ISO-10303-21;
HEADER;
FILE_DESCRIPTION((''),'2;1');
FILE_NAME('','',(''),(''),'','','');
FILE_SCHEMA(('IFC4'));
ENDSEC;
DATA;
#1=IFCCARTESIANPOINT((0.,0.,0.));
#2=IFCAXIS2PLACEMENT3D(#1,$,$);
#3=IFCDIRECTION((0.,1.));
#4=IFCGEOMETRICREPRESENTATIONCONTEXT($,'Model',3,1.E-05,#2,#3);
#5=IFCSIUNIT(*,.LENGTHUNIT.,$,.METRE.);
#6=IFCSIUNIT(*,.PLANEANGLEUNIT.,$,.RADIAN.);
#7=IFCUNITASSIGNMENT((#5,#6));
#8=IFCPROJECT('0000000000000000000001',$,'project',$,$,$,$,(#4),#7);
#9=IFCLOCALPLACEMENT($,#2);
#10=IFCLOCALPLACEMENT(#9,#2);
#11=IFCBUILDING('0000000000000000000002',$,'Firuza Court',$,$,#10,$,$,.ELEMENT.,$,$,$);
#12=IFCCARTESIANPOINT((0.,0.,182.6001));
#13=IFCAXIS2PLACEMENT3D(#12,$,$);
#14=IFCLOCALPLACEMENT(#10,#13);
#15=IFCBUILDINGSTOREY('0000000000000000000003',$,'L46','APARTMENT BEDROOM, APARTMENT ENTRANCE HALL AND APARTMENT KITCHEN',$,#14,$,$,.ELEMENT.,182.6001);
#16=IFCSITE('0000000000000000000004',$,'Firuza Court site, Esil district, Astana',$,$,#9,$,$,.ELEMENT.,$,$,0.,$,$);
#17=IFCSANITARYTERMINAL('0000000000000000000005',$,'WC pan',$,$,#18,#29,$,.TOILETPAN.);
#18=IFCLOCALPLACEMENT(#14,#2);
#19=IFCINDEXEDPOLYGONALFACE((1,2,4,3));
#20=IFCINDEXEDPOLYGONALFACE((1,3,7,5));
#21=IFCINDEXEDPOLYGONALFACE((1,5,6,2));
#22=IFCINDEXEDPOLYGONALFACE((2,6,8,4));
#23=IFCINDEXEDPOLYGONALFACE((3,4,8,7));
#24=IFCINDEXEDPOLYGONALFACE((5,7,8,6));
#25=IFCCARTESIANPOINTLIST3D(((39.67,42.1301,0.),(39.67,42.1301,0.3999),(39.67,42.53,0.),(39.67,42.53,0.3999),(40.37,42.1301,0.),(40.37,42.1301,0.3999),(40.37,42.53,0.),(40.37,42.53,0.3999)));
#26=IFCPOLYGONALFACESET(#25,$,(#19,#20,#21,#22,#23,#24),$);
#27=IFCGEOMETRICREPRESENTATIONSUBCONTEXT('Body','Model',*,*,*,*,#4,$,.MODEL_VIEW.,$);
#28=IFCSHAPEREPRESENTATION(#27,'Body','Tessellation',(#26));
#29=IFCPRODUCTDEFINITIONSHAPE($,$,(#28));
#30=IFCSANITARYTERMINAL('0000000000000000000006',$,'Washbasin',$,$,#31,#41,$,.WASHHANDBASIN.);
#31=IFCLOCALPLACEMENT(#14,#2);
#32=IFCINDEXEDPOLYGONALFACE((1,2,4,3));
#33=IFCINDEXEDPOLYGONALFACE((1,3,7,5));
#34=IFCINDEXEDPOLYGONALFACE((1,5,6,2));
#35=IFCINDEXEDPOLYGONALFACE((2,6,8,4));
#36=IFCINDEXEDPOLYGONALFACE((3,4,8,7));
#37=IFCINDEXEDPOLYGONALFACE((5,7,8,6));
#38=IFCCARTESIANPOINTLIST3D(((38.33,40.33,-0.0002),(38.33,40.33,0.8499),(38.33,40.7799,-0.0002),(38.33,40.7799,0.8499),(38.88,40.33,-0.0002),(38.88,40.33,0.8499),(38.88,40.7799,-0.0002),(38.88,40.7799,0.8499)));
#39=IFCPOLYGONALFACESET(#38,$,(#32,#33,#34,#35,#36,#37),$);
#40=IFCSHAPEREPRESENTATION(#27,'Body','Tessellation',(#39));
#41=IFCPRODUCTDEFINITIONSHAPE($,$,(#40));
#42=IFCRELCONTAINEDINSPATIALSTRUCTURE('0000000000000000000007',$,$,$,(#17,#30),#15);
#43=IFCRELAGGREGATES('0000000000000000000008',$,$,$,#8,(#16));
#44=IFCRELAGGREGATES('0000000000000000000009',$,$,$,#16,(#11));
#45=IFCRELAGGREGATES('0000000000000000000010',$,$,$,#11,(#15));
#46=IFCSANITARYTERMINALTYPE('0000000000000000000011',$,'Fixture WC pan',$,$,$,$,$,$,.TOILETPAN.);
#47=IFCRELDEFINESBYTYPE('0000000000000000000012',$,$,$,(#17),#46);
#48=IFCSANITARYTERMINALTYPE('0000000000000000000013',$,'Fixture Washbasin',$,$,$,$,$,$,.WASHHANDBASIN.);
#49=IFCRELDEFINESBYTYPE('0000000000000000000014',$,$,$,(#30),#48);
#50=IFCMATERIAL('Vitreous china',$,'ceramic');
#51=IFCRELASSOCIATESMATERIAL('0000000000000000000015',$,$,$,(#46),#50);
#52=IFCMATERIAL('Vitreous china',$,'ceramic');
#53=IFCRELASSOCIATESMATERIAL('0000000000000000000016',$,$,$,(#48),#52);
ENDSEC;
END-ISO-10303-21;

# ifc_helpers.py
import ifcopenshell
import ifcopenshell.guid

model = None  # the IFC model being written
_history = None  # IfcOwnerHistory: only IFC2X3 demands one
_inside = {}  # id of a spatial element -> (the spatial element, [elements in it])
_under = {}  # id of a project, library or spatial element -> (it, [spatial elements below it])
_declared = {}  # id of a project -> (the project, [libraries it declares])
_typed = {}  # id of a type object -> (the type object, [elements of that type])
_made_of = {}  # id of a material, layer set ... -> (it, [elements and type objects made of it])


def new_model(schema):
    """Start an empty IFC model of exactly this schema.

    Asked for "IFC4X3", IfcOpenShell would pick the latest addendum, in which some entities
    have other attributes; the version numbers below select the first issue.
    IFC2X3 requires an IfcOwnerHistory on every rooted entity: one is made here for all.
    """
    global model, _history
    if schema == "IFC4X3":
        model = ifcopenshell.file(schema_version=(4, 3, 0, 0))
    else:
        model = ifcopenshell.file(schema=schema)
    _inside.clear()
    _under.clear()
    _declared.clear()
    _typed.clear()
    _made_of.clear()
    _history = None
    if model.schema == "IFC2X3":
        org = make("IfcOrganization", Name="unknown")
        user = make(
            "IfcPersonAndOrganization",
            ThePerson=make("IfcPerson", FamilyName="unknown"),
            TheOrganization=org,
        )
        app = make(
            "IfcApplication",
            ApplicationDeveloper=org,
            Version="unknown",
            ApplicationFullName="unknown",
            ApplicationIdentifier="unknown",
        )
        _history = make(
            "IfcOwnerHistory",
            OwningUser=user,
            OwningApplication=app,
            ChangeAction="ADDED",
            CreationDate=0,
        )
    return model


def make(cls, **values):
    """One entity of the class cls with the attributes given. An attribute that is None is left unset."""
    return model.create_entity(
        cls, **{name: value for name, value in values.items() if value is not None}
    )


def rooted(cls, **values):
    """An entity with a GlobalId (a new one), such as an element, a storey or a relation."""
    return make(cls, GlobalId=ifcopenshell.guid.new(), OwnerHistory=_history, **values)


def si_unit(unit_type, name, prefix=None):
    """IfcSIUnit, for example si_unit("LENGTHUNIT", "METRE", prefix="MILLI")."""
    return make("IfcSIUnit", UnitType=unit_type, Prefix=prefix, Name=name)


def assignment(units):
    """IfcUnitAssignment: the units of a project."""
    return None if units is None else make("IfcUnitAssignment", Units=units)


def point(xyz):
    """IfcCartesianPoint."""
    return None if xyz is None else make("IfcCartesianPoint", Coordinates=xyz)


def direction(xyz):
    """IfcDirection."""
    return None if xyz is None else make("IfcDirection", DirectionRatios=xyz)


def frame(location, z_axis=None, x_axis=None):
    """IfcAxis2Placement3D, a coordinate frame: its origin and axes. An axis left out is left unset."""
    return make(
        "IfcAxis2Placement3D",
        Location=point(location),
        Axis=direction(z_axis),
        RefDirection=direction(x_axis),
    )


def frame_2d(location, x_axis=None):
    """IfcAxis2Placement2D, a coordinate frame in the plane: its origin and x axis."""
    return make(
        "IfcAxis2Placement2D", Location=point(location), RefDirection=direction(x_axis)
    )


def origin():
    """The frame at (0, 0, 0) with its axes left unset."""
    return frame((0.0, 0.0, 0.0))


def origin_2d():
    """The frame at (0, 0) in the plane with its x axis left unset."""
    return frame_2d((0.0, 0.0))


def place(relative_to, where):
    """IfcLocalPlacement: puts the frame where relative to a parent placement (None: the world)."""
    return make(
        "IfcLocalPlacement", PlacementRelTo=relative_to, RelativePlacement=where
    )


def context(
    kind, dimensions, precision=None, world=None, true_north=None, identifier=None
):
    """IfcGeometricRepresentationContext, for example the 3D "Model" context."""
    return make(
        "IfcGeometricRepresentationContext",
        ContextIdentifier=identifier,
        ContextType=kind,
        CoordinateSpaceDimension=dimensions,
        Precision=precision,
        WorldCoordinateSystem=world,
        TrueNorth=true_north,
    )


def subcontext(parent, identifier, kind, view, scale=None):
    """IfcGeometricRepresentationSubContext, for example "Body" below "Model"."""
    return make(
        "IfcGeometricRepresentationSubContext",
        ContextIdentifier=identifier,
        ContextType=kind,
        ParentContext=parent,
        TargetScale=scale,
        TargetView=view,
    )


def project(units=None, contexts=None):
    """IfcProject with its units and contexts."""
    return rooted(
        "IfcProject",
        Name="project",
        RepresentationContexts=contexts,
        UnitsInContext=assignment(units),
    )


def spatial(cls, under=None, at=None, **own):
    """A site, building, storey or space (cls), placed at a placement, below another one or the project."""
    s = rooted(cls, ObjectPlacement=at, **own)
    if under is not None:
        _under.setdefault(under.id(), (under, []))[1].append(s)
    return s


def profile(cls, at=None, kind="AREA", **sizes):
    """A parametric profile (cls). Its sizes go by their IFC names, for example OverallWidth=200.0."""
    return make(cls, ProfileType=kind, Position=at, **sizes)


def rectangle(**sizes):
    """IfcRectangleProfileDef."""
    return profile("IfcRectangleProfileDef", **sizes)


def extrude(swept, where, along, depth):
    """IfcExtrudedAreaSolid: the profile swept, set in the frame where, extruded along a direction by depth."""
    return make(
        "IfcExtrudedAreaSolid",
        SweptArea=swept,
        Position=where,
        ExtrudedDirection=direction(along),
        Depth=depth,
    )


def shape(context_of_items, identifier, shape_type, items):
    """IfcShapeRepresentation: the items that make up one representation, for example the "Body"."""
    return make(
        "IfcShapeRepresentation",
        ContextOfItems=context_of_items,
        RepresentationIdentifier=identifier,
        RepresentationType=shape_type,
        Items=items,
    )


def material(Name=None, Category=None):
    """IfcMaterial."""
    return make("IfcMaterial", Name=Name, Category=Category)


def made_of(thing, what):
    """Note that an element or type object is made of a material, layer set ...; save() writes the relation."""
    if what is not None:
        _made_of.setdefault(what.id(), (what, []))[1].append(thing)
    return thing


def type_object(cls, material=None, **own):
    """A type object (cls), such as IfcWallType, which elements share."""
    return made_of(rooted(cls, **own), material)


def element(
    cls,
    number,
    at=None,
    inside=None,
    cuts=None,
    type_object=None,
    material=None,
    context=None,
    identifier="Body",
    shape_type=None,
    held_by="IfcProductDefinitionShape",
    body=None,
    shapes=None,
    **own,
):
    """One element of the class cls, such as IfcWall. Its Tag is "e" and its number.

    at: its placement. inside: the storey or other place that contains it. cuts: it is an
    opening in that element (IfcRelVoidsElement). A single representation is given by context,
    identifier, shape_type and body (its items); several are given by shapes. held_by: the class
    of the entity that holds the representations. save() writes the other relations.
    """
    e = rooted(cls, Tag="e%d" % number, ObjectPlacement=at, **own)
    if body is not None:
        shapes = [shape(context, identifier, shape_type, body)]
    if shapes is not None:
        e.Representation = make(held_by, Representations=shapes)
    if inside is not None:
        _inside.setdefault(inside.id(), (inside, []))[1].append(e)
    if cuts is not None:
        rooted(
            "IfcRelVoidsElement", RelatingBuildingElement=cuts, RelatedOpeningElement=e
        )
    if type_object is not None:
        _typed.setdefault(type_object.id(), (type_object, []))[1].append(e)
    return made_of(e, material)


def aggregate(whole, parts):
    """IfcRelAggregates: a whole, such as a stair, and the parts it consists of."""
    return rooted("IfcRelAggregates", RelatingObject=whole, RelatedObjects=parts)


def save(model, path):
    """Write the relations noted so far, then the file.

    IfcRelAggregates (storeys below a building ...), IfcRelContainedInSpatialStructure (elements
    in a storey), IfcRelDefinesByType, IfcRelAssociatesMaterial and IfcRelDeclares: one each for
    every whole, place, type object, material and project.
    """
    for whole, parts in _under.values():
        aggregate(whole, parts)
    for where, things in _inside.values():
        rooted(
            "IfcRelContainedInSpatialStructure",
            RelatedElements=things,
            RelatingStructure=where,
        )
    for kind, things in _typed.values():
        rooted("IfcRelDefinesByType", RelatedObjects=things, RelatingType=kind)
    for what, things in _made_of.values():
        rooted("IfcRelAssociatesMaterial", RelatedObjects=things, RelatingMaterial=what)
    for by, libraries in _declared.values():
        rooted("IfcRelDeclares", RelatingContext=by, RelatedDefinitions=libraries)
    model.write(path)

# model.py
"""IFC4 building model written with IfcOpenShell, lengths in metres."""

from ifc_helpers import new_model, si_unit, direction, frame, origin, origin_2d, place, context, subcontext, project, spatial, rectangle, extrude, material, type_object, element, save


model = new_model("IFC4")

# Units and contexts
model_context = context("Model", 3, precision=1e-05, world=origin(), true_north=direction((0.0, 1.0)))
body_context = subcontext(model_context, "Body", "Model", "MODEL_VIEW")
ifc_project = project(units=[si_unit("LENGTHUNIT", "METRE"), si_unit("PLANEANGLEUNIT", "RADIAN")], contexts=[model_context])

# Site, building, storey
site_placement = place(None, origin())
site = spatial("IfcSite", under=ifc_project, at=site_placement, Name="Firuza Court site, Esil district, Astana", CompositionType="ELEMENT", RefElevation=0.0)
building_placement = place(site_placement, origin())
building = spatial("IfcBuilding", under=site, at=building_placement, Name="Firuza Court", CompositionType="ELEMENT")
storey_placement = place(building_placement, frame((0.0, 0.0, 182.6001)))
storey = spatial("IfcBuildingStorey", under=building, at=storey_placement, Name="L46", Description="APARTMENT BEDROOM, APARTMENT ENTRANCE HALL AND APARTMENT KITCHEN", CompositionType="ELEMENT", Elevation=182.6001)

# Sanitary terminals
ifc_material_1 = material(Name="Vitreous china", Category="ceramic")
sanitary_terminal_type_1 = type_object("IfcSanitaryTerminalType", Name="Fixture WC pan", PredefinedType="TOILETPAN", material=ifc_material_1)
for number, where, z_axis, x_axis, name in (
    (1, (40.02, 42.3301, 0.0), (0.0, 0.0, 1.0), (1.0, 0.0, 0.0), "WC pan"),
):
    element("IfcSanitaryTerminal", number, at=place(storey_placement, frame(where, z_axis=z_axis, x_axis=x_axis)), inside=storey, type_object=sanitary_terminal_type_1, Name=name, PredefinedType="TOILETPAN", context=body_context, shape_type="SweptSolid", body=[
        extrude(rectangle(XDim=0.7, YDim=0.3999, at=origin_2d()), origin(), (0.0, 0.0, 1.0), 0.3999),
    ])
ifc_material_2 = material(Name="Vitreous china", Category="ceramic")
sanitary_terminal_type_2 = type_object("IfcSanitaryTerminalType", Name="Fixture Washbasin", PredefinedType="WASHHANDBASIN", material=ifc_material_2)
sanitary_terminal_1_placement = place(storey_placement, frame((38.605, 40.5549, -0.0002), z_axis=(0.0, 0.0, 1.0), x_axis=(1.0, 0.0, 0.0)))
element("IfcSanitaryTerminal", 2, at=sanitary_terminal_1_placement, inside=storey, type_object=sanitary_terminal_type_2, Name="Washbasin", PredefinedType="WASHHANDBASIN", context=body_context, shape_type="SweptSolid", body=[
    extrude(rectangle(XDim=0.55, YDim=0.45, at=origin_2d()), origin(), (0.0, 0.0, 1.0), 0.8501),
])

save(model, "model.ifc")
